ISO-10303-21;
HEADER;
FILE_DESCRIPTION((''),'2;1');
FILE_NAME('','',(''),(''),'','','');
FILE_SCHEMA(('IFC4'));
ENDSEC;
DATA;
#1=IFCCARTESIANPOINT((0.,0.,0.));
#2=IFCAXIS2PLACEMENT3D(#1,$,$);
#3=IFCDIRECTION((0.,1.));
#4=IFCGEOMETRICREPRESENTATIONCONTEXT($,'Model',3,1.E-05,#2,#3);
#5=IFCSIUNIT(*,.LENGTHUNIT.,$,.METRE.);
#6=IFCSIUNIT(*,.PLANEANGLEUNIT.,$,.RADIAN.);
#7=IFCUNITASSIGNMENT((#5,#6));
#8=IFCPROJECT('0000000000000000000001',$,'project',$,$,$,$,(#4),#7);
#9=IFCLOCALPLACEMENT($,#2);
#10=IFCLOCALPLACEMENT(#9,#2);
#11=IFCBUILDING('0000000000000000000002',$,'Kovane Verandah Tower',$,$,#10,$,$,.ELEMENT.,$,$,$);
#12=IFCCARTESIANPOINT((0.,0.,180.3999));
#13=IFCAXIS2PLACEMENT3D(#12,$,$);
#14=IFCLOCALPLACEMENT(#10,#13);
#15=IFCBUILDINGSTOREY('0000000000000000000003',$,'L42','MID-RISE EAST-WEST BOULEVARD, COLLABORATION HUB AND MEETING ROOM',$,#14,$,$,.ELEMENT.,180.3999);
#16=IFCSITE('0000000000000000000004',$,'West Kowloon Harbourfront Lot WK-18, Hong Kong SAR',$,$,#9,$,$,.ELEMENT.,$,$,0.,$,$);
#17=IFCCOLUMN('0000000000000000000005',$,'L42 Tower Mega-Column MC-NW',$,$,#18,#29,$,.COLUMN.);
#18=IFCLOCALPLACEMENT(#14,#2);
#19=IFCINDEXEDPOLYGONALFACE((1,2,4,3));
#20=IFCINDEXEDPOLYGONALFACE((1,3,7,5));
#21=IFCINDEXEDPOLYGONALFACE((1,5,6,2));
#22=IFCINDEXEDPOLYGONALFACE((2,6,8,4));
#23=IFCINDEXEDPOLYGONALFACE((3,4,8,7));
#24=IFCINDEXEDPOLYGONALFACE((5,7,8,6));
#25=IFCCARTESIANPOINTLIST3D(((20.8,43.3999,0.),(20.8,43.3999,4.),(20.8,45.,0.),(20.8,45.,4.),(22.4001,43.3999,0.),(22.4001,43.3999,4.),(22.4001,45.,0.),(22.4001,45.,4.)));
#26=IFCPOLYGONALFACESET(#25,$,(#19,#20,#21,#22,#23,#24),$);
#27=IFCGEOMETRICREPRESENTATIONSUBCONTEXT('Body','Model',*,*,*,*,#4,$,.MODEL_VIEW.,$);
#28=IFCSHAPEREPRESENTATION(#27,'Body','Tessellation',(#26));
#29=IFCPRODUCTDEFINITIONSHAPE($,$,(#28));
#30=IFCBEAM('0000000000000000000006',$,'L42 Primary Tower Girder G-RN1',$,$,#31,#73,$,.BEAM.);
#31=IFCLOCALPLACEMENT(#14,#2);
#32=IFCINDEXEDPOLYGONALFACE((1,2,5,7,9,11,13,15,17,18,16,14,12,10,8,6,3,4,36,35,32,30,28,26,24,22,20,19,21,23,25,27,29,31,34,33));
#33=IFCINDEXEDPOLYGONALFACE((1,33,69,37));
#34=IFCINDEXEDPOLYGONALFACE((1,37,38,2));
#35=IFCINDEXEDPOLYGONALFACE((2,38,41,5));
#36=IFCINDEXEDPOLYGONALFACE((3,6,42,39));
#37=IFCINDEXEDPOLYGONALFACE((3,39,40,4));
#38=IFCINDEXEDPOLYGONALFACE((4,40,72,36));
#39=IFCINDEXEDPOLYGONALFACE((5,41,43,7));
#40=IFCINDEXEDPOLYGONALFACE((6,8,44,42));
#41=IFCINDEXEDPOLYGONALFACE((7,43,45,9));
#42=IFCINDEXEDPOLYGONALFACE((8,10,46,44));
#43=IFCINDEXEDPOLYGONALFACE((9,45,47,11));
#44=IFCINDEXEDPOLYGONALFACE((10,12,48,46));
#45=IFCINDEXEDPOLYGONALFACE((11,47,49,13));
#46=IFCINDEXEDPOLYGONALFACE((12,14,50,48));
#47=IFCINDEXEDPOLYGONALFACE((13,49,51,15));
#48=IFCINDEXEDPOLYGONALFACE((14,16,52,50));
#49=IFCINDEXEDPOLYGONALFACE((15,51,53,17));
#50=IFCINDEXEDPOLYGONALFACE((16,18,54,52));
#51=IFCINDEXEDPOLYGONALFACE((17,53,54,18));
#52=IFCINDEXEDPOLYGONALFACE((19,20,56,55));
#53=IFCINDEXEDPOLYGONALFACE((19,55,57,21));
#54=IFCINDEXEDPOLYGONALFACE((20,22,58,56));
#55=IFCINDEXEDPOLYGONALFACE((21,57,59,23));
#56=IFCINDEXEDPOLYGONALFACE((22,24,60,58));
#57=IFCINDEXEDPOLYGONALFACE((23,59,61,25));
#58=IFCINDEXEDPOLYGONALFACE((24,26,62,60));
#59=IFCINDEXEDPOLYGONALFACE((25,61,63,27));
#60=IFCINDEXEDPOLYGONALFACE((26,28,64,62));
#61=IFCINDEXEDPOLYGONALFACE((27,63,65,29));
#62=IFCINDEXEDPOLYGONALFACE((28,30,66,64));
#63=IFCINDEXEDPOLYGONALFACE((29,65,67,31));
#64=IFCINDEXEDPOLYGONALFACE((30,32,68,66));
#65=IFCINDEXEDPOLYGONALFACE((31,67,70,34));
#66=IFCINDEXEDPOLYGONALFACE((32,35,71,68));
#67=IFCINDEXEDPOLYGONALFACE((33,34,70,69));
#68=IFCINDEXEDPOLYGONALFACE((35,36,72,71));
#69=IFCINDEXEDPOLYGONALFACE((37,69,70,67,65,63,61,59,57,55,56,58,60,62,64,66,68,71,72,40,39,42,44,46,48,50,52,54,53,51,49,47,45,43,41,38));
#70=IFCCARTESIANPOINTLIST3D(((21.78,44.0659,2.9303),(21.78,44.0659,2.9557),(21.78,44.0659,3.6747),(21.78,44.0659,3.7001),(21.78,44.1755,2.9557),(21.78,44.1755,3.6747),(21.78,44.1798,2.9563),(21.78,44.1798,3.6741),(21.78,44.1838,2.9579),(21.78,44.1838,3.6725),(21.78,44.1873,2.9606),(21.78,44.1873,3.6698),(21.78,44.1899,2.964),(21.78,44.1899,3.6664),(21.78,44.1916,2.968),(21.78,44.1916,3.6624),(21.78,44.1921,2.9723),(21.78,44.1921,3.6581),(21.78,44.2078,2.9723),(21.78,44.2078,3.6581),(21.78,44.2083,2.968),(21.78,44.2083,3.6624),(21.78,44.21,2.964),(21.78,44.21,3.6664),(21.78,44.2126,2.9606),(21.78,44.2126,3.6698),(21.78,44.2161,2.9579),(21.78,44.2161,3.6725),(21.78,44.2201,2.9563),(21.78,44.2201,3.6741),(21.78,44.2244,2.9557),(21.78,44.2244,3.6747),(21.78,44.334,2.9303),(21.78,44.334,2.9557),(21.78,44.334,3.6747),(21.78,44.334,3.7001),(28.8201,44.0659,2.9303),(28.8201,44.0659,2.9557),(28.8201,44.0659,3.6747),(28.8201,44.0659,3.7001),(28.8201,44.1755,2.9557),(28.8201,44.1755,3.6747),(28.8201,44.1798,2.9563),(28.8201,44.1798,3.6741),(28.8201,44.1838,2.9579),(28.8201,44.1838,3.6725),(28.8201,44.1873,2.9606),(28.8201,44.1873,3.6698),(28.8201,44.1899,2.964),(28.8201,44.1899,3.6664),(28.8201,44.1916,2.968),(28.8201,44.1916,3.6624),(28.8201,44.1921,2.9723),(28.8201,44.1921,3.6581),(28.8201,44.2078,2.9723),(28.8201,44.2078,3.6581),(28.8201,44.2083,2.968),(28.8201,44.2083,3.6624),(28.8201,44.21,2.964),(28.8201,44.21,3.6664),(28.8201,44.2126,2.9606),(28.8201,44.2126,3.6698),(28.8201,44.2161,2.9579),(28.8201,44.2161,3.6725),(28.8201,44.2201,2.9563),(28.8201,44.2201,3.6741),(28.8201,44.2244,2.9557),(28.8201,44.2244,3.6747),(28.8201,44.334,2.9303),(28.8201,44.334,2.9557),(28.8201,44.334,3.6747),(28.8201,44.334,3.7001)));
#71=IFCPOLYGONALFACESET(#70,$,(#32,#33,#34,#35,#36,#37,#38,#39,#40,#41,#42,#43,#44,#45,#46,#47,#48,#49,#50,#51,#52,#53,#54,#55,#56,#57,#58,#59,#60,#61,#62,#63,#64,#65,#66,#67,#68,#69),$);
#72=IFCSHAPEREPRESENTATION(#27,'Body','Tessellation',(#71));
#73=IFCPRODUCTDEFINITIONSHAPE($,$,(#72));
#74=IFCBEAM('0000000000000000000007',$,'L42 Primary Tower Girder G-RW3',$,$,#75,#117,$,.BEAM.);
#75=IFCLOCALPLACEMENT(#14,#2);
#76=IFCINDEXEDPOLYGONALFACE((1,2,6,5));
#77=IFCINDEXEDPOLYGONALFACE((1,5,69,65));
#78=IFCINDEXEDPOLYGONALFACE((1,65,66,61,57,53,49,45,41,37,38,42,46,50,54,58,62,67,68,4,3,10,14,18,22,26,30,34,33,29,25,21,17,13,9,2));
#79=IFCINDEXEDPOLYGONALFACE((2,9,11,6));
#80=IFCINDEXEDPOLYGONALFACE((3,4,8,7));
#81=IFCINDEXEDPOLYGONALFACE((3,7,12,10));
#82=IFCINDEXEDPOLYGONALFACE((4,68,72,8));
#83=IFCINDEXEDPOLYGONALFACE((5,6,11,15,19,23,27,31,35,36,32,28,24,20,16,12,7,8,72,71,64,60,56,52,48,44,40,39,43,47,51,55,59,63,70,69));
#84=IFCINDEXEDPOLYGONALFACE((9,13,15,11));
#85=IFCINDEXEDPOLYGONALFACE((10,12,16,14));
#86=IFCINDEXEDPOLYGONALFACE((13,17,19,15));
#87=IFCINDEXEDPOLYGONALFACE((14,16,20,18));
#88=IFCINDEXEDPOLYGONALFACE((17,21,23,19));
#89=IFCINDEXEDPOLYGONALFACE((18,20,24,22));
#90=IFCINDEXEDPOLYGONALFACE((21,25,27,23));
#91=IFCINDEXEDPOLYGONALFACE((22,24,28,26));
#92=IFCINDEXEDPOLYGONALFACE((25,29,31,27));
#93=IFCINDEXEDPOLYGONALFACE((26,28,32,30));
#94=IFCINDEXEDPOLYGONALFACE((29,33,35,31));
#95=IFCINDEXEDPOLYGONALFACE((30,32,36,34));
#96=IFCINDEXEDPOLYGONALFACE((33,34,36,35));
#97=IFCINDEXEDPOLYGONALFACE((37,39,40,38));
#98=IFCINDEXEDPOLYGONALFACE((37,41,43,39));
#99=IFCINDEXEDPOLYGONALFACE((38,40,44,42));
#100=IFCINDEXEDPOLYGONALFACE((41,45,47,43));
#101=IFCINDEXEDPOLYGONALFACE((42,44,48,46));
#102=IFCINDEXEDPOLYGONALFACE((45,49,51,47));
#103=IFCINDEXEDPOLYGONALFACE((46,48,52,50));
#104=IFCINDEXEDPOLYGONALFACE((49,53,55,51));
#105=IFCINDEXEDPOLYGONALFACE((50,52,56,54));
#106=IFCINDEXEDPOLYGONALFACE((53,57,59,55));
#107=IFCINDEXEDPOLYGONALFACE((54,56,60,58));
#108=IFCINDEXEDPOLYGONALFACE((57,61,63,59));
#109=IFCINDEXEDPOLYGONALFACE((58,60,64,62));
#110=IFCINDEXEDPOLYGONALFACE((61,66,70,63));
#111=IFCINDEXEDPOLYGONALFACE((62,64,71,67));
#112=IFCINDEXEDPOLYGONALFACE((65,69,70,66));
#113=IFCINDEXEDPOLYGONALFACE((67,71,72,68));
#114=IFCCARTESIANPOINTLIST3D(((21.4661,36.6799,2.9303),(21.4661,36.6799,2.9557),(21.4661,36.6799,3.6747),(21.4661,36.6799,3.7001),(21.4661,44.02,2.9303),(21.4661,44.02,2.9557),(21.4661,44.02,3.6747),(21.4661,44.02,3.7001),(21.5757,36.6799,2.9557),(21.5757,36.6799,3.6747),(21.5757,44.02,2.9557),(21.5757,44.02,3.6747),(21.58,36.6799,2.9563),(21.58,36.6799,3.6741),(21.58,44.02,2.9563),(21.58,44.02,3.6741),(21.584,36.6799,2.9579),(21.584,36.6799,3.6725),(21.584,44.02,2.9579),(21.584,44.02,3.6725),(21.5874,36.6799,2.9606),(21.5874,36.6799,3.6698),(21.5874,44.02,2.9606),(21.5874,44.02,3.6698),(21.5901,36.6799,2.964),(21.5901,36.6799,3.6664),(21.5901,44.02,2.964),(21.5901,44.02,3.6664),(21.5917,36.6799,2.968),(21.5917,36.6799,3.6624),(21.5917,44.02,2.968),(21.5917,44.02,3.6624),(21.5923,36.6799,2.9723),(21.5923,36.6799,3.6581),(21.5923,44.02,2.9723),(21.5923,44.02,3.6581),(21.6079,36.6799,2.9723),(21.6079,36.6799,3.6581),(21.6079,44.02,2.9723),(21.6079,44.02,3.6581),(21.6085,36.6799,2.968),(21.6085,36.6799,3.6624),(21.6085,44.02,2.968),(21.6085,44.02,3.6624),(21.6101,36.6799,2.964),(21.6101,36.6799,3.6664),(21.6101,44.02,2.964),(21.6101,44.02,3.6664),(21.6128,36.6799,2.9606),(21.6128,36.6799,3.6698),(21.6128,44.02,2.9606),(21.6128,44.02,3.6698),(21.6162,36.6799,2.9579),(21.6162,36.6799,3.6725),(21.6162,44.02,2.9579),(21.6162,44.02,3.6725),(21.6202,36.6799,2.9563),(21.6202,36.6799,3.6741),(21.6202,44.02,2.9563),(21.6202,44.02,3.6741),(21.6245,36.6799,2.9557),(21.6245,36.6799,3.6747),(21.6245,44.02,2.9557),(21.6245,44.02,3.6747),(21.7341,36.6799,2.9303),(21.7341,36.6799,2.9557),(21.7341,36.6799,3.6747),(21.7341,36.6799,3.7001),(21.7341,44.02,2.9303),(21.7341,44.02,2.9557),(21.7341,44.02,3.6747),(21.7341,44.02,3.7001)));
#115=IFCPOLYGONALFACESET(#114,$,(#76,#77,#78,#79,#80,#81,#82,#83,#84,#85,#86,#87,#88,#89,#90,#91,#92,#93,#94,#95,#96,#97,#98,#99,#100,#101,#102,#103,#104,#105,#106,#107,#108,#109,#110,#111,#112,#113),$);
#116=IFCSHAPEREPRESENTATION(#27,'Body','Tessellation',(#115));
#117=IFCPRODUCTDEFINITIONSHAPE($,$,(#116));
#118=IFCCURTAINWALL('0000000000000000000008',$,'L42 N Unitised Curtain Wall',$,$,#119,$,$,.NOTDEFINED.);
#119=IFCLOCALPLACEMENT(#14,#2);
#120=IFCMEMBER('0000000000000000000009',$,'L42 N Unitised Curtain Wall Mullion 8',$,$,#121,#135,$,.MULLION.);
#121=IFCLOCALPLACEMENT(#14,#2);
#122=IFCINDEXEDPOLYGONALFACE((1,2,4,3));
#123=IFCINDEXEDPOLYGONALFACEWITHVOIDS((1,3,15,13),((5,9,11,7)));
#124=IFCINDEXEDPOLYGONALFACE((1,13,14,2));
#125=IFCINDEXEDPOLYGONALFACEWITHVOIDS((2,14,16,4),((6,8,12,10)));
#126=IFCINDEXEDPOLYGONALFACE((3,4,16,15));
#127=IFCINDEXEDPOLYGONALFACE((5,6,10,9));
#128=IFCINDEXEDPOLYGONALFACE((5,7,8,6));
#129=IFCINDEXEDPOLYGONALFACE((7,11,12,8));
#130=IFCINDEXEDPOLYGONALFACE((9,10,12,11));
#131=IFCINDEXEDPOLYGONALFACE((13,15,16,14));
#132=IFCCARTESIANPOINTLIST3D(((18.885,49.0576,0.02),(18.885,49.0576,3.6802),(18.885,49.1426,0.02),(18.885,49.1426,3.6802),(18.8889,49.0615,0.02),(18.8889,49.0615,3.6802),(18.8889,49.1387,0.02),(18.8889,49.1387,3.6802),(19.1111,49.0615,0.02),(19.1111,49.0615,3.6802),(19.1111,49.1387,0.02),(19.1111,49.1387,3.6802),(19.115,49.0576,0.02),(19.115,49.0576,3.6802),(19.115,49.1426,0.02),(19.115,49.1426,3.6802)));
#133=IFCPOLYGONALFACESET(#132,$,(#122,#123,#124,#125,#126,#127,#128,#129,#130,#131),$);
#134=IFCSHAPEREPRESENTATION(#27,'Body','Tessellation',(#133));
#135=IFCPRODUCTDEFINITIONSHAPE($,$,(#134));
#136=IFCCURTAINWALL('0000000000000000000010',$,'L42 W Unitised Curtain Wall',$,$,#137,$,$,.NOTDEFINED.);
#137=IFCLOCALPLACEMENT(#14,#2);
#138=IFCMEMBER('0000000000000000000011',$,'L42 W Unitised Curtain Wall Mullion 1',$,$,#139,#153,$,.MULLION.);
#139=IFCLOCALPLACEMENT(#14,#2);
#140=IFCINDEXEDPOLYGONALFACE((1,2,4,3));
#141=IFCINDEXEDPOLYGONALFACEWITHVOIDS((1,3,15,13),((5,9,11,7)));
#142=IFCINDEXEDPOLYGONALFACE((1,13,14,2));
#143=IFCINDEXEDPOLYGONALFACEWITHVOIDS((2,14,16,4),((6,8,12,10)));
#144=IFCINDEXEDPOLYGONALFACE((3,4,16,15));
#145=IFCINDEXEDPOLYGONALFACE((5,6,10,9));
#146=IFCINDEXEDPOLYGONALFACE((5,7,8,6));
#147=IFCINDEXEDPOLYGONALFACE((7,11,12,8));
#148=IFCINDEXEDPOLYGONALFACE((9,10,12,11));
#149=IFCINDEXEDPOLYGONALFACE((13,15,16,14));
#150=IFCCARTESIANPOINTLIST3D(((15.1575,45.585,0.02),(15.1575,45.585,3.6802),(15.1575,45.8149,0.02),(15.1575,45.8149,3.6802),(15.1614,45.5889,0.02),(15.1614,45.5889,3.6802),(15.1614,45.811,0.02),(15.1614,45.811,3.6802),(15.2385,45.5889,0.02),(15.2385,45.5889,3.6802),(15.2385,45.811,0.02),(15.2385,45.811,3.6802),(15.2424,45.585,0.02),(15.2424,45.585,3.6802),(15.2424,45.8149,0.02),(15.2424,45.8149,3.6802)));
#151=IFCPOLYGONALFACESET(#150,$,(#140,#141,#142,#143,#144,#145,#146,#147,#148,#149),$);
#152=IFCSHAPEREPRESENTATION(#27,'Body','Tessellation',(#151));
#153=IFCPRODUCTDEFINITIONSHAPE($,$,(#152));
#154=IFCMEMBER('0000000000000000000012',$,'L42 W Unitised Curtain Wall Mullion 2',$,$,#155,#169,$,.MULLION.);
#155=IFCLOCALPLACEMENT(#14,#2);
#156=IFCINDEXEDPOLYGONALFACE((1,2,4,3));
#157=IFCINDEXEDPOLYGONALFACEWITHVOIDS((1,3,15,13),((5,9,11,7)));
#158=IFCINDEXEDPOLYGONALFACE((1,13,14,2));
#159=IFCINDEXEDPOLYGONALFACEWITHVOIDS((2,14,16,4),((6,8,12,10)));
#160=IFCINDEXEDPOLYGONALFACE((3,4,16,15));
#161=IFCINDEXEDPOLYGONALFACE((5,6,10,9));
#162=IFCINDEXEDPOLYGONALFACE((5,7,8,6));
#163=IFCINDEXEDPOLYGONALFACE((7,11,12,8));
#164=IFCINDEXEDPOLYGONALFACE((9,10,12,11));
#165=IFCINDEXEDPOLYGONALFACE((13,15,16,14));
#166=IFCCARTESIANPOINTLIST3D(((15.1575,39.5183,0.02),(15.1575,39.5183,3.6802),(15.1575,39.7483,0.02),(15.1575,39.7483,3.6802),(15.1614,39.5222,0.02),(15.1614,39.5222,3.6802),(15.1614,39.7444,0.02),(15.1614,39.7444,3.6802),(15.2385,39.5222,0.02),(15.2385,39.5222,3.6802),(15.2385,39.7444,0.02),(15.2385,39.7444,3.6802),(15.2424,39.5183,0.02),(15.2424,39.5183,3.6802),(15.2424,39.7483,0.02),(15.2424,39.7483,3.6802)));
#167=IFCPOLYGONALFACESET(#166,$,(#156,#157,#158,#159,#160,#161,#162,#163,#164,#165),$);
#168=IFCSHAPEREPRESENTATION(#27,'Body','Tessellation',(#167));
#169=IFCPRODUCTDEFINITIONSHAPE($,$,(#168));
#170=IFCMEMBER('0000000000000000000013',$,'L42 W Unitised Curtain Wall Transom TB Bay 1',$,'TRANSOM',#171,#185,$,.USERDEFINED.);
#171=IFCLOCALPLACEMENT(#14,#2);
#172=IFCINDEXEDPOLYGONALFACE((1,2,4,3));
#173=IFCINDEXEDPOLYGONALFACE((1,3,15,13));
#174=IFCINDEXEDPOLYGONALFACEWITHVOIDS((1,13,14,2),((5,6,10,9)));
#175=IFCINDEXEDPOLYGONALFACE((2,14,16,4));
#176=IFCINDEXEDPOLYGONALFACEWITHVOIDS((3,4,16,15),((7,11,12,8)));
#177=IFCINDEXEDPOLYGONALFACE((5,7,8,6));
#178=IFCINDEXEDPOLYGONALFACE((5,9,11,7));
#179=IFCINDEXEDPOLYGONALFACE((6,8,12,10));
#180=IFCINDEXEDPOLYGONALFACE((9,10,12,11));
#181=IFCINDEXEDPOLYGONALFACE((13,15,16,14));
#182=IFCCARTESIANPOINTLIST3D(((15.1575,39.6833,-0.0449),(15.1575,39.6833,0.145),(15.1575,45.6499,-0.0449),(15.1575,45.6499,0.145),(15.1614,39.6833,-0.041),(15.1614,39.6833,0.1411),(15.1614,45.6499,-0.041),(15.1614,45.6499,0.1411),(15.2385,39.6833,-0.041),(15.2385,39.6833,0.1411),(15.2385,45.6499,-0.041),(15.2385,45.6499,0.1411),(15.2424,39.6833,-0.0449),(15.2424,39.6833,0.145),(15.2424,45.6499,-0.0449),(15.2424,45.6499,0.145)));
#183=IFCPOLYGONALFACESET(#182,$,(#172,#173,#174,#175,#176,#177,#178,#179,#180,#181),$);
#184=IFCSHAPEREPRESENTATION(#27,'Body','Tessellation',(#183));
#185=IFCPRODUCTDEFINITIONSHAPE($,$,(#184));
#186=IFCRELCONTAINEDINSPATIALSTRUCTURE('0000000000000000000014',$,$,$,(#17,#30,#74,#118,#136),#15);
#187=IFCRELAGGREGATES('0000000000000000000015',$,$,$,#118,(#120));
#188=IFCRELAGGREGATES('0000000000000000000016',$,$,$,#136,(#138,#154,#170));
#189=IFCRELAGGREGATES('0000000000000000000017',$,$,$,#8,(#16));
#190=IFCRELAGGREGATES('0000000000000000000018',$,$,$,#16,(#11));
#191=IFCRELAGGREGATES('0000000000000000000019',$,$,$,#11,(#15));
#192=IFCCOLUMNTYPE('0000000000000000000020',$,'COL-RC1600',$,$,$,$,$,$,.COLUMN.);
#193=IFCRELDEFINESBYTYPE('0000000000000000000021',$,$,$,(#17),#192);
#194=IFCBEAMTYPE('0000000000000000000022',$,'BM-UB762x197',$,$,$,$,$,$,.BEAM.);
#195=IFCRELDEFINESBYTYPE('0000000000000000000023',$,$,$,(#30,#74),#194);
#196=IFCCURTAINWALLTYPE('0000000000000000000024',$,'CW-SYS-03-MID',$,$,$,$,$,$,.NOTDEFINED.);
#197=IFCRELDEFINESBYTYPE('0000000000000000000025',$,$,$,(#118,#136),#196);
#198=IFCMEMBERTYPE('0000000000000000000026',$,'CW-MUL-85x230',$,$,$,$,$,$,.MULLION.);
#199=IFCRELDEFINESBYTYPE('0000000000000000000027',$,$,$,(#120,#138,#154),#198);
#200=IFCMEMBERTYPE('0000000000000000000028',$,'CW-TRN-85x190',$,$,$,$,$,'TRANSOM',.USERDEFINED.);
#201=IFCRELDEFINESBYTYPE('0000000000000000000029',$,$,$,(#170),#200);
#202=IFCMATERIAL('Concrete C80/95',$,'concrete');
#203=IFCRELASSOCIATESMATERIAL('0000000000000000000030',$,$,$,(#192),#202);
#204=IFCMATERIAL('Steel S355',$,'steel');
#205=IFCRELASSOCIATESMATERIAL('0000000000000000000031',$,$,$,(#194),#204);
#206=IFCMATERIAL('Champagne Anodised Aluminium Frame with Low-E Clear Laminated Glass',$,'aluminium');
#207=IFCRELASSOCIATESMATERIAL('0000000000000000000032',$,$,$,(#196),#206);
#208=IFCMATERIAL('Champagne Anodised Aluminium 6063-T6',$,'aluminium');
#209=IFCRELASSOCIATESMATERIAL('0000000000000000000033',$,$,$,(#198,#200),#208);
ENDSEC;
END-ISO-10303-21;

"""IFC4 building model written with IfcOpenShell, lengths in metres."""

from ifc_helpers import new_model, si_unit, direction, frame, origin, origin_2d, place, context, subcontext, project, spatial, rectangle, hollow_rectangle, i_section, extrude, material, material_profile, profile_set, type_object, element, aggregate, save


model = new_model("IFC4")

# Units and contexts
model_context = context("Model", 3, precision=1e-05, world=origin(), true_north=direction((0.0, 1.0)))
body_context = subcontext(model_context, "Body", "Model", "MODEL_VIEW")
ifc_project = project(units=[si_unit("LENGTHUNIT", "METRE"), si_unit("PLANEANGLEUNIT", "RADIAN")], contexts=[model_context])

# Site, building, storey
site_placement = place(None, origin())
site = spatial("IfcSite", under=ifc_project, at=site_placement, Name="West Kowloon Harbourfront Lot WK-18, Hong Kong SAR", CompositionType="ELEMENT", RefElevation=0.0)
building_placement = place(site_placement, origin())
building = spatial("IfcBuilding", under=site, at=building_placement, Name="Kovane Verandah Tower", CompositionType="ELEMENT")
storey_placement = place(building_placement, frame((0.0, 0.0, 180.3999)))
storey = spatial("IfcBuildingStorey", under=building, at=storey_placement, Name="L42", Description="MID-RISE EAST-WEST BOULEVARD, COLLABORATION HUB AND MEETING ROOM", CompositionType="ELEMENT", Elevation=180.3999)

# Column
ifc_material_1 = material(Name="Concrete C80/95", Category="concrete")
ifc_material_profile_1 = material_profile(ifc_material_1, rectangle(XDim=1.6001, YDim=1.6001, at=origin_2d()), Name="RC1600x1600")
ifc_profile_set_1 = profile_set([ifc_material_profile_1], Name="Concrete C80/95")
column_type = type_object("IfcColumnType", Name="COL-RC1600", PredefinedType="COLUMN", material=ifc_profile_set_1)
column_placement = place(storey_placement, frame((21.6001, 44.2, 0.0), z_axis=(0.0, 0.0, 1.0), x_axis=(1.0, 0.0, 0.0)))
element("IfcColumn", 1, at=column_placement, inside=storey, type_object=column_type, Name="L42 Tower Mega-Column MC-NW", PredefinedType="COLUMN", context=body_context, shape_type="SweptSolid", body=[
    extrude(rectangle(XDim=1.6001, YDim=1.6001, at=origin_2d()), origin(), (0.0, 0.0, 1.0), 4.0),
])

# Beams
ifc_material_2 = material(Name="Steel S355", Category="steel")
ifc_material_profile_2 = material_profile(ifc_material_2, i_section(OverallWidth=0.2681, OverallDepth=0.7698, WebThickness=0.0156, FlangeThickness=0.0254, FilletRadius=0.0166, at=origin_2d()), Name="UB762x267x197")
ifc_profile_set_2 = profile_set([ifc_material_profile_2], Name="Steel S355")
beam_type = type_object("IfcBeamType", Name="BM-UB762x197", PredefinedType="BEAM", material=ifc_profile_set_2)
beam_1_placement = place(storey_placement, frame((21.78, 44.2, 3.3152), z_axis=(1.0, 0.0, 0.0), x_axis=(0.0, 1.0, 0.0)))
element("IfcBeam", 2, at=beam_1_placement, inside=storey, type_object=beam_type, Name="L42 Primary Tower Girder G-RN1", PredefinedType="BEAM", context=body_context, shape_type="SweptSolid", body=[
    extrude(i_section(OverallWidth=0.2681, OverallDepth=0.7698, WebThickness=0.0156, FlangeThickness=0.0254, FilletRadius=0.0166, at=origin_2d()), origin(), (0.0, 0.0, 1.0), 7.04),
])
beam_2_placement = place(storey_placement, frame((21.6001, 36.6799, 3.3152), z_axis=(0.0, 1.0, 0.0), x_axis=(-1.0, 0.0, 0.0)))
element("IfcBeam", 3, at=beam_2_placement, inside=storey, type_object=beam_type, Name="L42 Primary Tower Girder G-RW3", PredefinedType="BEAM", context=body_context, shape_type="SweptSolid", body=[
    extrude(i_section(OverallWidth=0.2681, OverallDepth=0.7698, WebThickness=0.0156, FlangeThickness=0.0254, FilletRadius=0.0166, at=origin_2d()), origin(), (0.0, 0.0, 1.0), 7.3401),
])

# Curtain wall, member
ifc_material_3 = material(Name="Champagne Anodised Aluminium Frame with Low-E Clear Laminated Glass", Category="aluminium")
curtain_wall_type = type_object("IfcCurtainWallType", Name="CW-SYS-03-MID", PredefinedType="NOTDEFINED", material=ifc_material_3)
curtain_wall_1_placement = place(storey_placement, origin())
curtain_wall_1 = element("IfcCurtainWall", 4, at=curtain_wall_1_placement, inside=storey, type_object=curtain_wall_type, Name="L42 N Unitised Curtain Wall", PredefinedType="NOTDEFINED")
ifc_material_4 = material(Name="Champagne Anodised Aluminium 6063-T6", Category="aluminium")
ifc_material_profile_3 = material_profile(ifc_material_4, hollow_rectangle(XDim=0.085, YDim=0.23, WallThickness=0.0039, at=origin_2d()), Name="AL85x230x4")
ifc_profile_set_3 = profile_set([ifc_material_profile_3], Name="Champagne Anodised Aluminium 6063-T6")
member_type_1 = type_object("IfcMemberType", Name="CW-MUL-85x230", PredefinedType="MULLION", material=ifc_profile_set_3)
member_1_placement = place(storey_placement, frame((19.0, 49.1001, 0.02), z_axis=(0.0, 0.0, 1.0), x_axis=(0.0, 1.0, 0.0)))
member_1 = element("IfcMember", 5, at=member_1_placement, type_object=member_type_1, Name="L42 N Unitised Curtain Wall Mullion 8", PredefinedType="MULLION", context=body_context, shape_type="SweptSolid", body=[
    extrude(hollow_rectangle(XDim=0.085, YDim=0.23, WallThickness=0.0039, at=origin_2d()), origin(), (0.0, 0.0, 1.0), 3.6602),
])

# Curtain wall, members
curtain_wall_2_placement = place(storey_placement, origin())
curtain_wall_2 = element("IfcCurtainWall", 6, at=curtain_wall_2_placement, inside=storey, type_object=curtain_wall_type, Name="L42 W Unitised Curtain Wall", PredefinedType="NOTDEFINED")
member_2_placement = place(storey_placement, frame((15.2, 45.7, 0.02), z_axis=(0.0, 0.0, 1.0), x_axis=(-1.0, 0.0, 0.0)))
member_2 = element("IfcMember", 7, at=member_2_placement, type_object=member_type_1, Name="L42 W Unitised Curtain Wall Mullion 1", PredefinedType="MULLION", context=body_context, shape_type="SweptSolid", body=[
    extrude(hollow_rectangle(XDim=0.085, YDim=0.23, WallThickness=0.0039, at=origin_2d()), origin(), (0.0, 0.0, 1.0), 3.6602),
])
member_3_placement = place(storey_placement, frame((15.2, 39.6333, 0.02), z_axis=(0.0, 0.0, 1.0), x_axis=(-1.0, 0.0, 0.0)))
member_3 = element("IfcMember", 8, at=member_3_placement, type_object=member_type_1, Name="L42 W Unitised Curtain Wall Mullion 2", PredefinedType="MULLION", context=body_context, shape_type="SweptSolid", body=[
    extrude(hollow_rectangle(XDim=0.085, YDim=0.23, WallThickness=0.0039, at=origin_2d()), origin(), (0.0, 0.0, 1.0), 3.6602),
])
ifc_material_profile_4 = material_profile(ifc_material_4, hollow_rectangle(XDim=0.085, YDim=0.1899, WallThickness=0.0039, at=origin_2d()), Name="AL85x190x4")
ifc_profile_set_4 = profile_set([ifc_material_profile_4], Name="Champagne Anodised Aluminium 6063-T6")
member_type_2 = type_object("IfcMemberType", Name="CW-TRN-85x190", ElementType="TRANSOM", PredefinedType="USERDEFINED", material=ifc_profile_set_4)
member_4_placement = place(storey_placement, frame((15.2, 45.6499, 0.05), z_axis=(0.0, -1.0, 0.0), x_axis=(1.0, 0.0, 0.0)))
member_4 = element("IfcMember", 9, at=member_4_placement, type_object=member_type_2, Name="L42 W Unitised Curtain Wall Transom TB Bay 1", ObjectType="TRANSOM", PredefinedType="USERDEFINED", context=body_context, shape_type="SweptSolid", body=[
    extrude(hollow_rectangle(XDim=0.085, YDim=0.1899, WallThickness=0.0039, at=origin_2d()), origin(), (0.0, 0.0, 1.0), 5.9666),
])

aggregate(curtain_wall_1, [member_1])
aggregate(curtain_wall_2, [member_2, member_3, member_4])

save(model, "model.ifc")
